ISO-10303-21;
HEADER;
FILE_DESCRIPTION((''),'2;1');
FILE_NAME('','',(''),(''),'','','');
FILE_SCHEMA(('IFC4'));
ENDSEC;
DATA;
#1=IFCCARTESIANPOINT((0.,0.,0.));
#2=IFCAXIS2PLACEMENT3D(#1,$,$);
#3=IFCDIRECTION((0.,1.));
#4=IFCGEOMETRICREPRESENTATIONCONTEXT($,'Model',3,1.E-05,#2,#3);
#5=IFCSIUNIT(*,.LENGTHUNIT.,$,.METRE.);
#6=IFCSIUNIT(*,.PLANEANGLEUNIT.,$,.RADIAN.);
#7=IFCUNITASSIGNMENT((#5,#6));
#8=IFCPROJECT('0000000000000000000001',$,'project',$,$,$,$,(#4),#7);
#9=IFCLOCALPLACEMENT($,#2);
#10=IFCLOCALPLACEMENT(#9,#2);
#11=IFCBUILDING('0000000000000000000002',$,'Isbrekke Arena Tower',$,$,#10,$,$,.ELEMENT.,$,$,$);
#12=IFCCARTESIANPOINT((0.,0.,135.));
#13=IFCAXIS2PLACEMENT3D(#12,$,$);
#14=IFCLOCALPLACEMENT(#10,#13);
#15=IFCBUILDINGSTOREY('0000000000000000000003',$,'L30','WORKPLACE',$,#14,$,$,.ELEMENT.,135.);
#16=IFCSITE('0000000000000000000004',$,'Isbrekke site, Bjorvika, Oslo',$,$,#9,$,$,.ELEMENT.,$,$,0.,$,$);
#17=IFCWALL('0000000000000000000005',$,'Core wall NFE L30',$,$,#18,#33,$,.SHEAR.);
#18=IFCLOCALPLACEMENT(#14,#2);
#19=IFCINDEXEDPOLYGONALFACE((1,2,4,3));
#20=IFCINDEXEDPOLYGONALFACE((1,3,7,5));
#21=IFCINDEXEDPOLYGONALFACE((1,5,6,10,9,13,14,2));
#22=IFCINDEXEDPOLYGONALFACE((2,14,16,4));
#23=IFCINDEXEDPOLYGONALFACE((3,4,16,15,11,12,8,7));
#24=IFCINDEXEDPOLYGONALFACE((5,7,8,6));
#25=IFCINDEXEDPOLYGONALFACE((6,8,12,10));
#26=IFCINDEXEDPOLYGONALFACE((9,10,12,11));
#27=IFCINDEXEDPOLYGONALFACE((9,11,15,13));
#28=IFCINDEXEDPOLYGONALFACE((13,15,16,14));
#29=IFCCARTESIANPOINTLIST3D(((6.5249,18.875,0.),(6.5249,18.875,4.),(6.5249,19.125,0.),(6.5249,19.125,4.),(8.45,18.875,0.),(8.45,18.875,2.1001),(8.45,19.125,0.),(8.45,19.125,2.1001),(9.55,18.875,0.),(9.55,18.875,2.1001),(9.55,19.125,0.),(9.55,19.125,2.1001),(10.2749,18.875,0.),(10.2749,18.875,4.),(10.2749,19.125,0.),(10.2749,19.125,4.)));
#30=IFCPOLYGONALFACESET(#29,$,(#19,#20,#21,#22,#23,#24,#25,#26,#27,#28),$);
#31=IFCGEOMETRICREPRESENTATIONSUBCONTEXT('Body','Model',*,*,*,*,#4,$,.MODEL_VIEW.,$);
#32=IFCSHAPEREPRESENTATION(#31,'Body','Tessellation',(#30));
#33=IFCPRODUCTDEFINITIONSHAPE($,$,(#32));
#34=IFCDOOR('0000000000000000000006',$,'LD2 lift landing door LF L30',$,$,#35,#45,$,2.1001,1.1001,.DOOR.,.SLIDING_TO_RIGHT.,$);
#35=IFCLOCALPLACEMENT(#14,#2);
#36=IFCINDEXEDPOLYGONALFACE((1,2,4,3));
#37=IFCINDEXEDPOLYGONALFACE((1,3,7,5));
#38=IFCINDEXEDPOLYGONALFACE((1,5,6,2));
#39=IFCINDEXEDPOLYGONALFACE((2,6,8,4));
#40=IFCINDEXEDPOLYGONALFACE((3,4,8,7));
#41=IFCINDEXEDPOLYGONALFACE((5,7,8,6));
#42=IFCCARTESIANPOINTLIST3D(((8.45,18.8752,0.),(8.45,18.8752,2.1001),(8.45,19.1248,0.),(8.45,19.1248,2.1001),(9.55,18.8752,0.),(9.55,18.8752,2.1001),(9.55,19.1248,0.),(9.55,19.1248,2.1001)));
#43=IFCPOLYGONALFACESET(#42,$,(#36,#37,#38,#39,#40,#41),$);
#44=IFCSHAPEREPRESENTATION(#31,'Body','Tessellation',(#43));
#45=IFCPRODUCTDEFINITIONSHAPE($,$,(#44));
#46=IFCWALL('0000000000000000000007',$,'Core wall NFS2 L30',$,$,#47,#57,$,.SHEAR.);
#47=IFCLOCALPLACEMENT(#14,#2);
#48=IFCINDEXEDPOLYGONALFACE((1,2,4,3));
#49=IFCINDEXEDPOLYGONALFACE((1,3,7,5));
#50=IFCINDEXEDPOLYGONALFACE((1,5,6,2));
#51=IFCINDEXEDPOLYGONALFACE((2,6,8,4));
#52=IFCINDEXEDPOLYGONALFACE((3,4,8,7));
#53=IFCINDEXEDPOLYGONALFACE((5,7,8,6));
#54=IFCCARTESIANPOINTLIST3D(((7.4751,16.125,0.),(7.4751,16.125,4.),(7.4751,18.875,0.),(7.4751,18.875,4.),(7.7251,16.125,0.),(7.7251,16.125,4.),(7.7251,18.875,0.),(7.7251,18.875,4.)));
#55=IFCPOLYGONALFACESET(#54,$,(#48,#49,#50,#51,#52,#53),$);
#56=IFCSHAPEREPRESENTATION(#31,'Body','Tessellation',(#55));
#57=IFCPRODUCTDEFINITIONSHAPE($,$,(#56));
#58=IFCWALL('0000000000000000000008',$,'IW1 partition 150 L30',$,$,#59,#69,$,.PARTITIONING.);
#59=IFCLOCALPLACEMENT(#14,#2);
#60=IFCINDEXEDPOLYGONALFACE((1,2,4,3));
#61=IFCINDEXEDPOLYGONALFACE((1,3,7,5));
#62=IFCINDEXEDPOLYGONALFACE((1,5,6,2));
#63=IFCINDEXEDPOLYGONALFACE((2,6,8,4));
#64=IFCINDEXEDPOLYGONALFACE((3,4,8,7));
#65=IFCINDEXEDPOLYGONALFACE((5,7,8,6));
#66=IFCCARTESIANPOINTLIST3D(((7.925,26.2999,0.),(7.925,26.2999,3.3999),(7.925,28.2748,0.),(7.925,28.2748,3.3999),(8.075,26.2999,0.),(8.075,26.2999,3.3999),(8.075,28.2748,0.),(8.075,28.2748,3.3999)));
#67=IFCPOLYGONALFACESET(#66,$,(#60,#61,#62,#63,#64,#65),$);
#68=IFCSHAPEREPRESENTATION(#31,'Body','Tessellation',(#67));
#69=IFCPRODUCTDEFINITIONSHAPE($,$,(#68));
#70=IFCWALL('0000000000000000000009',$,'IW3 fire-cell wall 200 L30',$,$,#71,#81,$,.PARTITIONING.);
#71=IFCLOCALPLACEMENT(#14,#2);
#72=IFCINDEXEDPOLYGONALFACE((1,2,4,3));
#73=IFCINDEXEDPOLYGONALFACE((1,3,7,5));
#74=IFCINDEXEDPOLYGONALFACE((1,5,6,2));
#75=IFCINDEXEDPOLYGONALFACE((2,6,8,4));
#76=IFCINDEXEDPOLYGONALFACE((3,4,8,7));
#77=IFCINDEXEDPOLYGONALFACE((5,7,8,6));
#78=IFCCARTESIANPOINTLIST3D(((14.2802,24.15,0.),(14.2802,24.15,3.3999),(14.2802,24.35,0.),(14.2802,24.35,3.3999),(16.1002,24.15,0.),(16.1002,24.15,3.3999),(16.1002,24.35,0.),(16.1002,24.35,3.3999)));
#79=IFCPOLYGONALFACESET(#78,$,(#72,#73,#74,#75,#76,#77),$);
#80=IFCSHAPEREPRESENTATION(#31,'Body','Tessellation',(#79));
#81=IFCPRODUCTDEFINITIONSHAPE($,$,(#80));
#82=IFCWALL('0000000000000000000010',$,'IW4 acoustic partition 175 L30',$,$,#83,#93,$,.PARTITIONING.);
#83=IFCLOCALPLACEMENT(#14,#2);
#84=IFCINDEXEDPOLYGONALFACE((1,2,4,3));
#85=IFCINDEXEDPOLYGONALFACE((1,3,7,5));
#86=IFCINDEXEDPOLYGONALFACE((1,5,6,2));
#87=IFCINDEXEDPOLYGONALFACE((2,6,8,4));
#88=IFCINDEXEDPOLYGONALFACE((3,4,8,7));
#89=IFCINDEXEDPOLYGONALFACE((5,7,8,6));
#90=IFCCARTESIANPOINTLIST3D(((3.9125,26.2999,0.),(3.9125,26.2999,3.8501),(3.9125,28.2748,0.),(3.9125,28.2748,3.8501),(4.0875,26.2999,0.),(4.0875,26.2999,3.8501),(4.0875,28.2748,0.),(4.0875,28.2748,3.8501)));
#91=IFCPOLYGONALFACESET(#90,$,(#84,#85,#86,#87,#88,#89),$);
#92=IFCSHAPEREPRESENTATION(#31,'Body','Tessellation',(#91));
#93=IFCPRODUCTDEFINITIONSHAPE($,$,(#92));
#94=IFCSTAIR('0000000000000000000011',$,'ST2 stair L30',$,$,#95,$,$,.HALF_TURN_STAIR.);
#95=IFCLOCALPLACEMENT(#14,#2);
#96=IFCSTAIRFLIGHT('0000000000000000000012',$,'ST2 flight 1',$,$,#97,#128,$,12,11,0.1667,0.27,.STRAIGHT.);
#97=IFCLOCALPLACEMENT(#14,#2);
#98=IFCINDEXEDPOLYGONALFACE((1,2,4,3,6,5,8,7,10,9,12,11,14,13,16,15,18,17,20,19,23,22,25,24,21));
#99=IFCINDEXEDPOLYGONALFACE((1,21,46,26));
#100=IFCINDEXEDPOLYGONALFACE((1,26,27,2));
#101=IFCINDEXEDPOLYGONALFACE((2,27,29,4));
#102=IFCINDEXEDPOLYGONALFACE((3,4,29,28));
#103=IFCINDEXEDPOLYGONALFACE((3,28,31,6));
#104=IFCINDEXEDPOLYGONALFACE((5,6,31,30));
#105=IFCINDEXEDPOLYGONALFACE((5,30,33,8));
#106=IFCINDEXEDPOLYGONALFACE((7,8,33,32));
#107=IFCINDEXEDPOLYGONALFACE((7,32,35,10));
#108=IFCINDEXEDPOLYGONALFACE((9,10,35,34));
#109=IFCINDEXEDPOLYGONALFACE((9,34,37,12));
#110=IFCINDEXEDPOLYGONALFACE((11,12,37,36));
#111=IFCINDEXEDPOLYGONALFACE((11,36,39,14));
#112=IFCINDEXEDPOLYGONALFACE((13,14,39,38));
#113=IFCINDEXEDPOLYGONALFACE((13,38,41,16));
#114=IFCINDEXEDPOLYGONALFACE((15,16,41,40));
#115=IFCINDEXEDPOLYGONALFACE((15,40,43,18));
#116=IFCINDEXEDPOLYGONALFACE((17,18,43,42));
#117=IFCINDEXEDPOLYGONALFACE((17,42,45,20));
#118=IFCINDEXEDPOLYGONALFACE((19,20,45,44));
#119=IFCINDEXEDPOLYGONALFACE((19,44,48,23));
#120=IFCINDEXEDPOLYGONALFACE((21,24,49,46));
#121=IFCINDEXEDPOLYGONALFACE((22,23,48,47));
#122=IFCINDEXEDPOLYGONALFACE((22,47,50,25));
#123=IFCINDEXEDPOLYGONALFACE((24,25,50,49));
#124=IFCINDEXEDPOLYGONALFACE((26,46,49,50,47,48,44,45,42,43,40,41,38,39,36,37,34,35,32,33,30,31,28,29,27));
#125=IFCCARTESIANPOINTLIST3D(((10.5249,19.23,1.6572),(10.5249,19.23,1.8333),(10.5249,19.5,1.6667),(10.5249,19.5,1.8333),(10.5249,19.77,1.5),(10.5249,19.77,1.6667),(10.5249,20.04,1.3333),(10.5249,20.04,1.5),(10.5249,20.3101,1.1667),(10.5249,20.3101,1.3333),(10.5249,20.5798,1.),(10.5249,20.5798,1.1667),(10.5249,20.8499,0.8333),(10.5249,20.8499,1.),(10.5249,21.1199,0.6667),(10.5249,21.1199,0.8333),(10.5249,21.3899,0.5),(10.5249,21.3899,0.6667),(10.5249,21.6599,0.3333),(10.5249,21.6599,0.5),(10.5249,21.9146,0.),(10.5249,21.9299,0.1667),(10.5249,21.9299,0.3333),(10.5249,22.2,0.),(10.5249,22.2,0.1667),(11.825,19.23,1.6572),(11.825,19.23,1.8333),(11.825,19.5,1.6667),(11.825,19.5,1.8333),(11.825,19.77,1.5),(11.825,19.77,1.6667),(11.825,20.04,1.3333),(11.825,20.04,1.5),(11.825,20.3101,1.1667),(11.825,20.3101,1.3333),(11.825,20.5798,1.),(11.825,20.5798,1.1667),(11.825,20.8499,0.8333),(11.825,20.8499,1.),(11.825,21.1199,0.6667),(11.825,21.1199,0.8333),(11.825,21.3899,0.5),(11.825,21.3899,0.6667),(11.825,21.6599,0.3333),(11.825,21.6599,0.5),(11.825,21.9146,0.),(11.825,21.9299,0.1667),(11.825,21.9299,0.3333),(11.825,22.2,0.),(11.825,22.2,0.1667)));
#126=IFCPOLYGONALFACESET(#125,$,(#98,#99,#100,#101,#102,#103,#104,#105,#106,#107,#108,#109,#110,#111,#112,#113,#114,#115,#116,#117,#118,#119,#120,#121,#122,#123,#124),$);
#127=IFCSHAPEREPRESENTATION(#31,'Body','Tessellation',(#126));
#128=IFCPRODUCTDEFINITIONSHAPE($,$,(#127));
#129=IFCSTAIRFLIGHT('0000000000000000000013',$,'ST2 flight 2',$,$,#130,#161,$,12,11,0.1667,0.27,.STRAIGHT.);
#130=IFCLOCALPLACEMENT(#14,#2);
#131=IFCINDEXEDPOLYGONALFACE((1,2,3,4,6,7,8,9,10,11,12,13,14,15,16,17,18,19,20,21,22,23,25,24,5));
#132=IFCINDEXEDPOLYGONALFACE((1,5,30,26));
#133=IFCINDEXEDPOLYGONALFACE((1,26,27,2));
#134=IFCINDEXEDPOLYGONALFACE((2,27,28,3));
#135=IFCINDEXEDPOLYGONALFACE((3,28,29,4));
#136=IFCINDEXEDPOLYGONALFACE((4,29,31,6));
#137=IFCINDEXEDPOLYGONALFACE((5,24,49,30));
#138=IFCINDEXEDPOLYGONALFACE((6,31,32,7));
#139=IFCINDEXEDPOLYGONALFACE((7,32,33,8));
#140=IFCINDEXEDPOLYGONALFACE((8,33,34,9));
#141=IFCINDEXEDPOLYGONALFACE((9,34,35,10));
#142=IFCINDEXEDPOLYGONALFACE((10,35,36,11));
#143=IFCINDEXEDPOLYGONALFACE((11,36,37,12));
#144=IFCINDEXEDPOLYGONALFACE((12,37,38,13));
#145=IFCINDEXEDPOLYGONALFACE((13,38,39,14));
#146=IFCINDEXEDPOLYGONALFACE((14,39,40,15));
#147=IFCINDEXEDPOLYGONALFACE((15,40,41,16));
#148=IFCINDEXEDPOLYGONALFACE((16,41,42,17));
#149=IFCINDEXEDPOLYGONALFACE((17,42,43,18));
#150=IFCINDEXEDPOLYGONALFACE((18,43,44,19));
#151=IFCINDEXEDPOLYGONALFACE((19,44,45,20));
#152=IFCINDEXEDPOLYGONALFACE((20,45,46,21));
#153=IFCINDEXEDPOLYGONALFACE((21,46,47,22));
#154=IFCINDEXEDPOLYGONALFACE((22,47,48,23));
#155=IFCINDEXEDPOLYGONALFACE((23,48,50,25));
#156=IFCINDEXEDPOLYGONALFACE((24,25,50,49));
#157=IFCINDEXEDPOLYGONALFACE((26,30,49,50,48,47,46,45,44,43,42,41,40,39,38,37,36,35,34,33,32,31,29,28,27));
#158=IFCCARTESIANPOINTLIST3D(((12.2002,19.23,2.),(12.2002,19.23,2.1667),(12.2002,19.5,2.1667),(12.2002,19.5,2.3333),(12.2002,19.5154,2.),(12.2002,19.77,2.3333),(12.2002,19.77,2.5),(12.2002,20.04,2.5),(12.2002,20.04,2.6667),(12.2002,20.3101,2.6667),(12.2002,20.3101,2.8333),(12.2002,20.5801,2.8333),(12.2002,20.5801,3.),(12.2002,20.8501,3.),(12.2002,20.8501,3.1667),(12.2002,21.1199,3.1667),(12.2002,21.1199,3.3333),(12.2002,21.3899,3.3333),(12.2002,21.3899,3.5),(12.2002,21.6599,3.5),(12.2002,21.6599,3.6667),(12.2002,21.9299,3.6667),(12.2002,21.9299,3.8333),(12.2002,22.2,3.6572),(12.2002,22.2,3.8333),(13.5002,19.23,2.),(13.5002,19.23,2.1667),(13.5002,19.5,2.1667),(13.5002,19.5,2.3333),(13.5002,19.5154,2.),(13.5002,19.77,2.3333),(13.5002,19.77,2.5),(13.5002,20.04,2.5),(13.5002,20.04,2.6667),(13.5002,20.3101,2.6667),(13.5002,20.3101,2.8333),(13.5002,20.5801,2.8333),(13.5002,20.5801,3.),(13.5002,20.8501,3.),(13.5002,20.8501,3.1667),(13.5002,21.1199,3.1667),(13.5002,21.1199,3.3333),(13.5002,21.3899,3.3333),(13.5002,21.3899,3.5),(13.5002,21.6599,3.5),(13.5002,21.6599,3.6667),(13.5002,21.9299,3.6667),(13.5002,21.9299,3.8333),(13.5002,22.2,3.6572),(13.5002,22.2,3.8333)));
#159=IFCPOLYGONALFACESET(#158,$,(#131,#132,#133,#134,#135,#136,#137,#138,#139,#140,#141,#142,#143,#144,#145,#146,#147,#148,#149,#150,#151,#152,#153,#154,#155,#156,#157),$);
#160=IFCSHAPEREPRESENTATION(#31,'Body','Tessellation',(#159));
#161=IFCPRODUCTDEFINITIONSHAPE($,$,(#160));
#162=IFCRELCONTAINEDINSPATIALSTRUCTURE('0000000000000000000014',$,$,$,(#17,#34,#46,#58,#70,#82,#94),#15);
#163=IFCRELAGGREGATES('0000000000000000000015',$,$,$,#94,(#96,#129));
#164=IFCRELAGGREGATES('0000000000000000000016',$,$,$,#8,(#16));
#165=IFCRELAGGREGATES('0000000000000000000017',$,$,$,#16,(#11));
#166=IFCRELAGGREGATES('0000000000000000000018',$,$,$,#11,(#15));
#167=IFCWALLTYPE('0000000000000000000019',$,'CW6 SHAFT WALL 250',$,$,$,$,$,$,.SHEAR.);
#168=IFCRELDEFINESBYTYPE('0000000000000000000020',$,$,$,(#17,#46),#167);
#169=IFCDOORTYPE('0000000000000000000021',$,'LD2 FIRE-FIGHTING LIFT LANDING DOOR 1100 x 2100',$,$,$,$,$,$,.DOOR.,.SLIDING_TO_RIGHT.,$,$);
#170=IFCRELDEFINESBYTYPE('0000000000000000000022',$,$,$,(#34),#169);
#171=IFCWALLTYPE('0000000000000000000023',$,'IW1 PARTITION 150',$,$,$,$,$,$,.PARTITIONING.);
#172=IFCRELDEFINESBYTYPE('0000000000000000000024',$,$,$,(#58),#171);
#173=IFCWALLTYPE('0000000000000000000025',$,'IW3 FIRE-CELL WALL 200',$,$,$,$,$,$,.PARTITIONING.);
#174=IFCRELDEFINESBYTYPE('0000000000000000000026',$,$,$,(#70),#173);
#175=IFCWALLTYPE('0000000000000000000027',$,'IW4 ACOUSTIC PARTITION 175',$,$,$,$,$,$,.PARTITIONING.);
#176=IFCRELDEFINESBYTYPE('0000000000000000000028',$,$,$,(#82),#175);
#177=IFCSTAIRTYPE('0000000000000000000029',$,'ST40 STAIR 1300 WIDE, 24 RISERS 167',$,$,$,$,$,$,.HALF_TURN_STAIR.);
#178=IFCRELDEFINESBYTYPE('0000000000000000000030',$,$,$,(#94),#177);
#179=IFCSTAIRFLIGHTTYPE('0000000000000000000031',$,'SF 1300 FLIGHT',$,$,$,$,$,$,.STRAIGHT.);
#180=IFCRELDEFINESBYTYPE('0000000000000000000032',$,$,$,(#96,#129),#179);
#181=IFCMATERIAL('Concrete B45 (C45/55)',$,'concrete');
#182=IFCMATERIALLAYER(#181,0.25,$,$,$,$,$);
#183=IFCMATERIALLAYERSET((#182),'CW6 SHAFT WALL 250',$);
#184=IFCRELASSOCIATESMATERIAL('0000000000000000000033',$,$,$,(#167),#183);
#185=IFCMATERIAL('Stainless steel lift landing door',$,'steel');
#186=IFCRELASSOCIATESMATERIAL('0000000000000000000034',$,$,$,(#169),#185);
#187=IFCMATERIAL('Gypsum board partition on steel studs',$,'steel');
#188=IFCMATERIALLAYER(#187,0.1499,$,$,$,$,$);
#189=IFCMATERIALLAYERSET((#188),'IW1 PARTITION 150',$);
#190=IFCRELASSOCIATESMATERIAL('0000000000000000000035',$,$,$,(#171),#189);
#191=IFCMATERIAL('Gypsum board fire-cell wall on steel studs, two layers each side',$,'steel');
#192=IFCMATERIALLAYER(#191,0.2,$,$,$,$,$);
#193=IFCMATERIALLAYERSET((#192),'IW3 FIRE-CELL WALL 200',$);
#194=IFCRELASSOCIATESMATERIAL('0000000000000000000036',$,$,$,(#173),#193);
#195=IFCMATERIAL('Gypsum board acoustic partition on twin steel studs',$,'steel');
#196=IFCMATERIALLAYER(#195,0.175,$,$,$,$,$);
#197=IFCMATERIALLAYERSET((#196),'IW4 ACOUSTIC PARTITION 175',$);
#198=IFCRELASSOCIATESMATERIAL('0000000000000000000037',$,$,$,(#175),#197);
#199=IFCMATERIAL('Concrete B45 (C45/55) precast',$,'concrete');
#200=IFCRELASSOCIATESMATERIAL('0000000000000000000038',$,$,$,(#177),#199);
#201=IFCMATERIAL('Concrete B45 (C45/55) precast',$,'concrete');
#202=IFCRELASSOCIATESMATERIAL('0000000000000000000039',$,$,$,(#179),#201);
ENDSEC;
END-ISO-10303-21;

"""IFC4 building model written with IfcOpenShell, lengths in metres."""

from ifc_helpers import new_model, si_unit, direction, frame, frame_2d, origin, place, context, subcontext, project, spatial, polyline, rectangle, outline, extrude, material, layer, layer_set, type_object, element, fill, aggregate, save


model = new_model("IFC4")

# Units and contexts
model_context = context("Model", 3, precision=1e-05, world=origin(), true_north=direction((0.0, 1.0)))
body_context = subcontext(model_context, "Body", "Model", "MODEL_VIEW")
ifc_project = project(units=[si_unit("LENGTHUNIT", "METRE"), si_unit("PLANEANGLEUNIT", "RADIAN")], contexts=[model_context])

# Site, building, storey
site_placement = place(None, origin())
site = spatial("IfcSite", under=ifc_project, at=site_placement, Name="Isbrekke site, Bjorvika, Oslo", CompositionType="ELEMENT", RefElevation=0.0)
building_placement = place(site_placement, origin())
building = spatial("IfcBuilding", under=site, at=building_placement, Name="Isbrekke Arena Tower", CompositionType="ELEMENT")
storey_placement = place(building_placement, frame((0.0, 0.0, 135.0)))
storey = spatial("IfcBuildingStorey", under=building, at=storey_placement, Name="L30", Description="WORKPLACE", CompositionType="ELEMENT", Elevation=135.0)

# Shared definitions
ifc_material_1 = material(Name="Concrete B45 (C45/55)", Category="concrete")
ifc_layer_1 = layer(ifc_material_1, 0.25)
ifc_layer_set_1 = layer_set([ifc_layer_1], Name="CW6 SHAFT WALL 250")
wall_type_1 = type_object("IfcWallType", Name="CW6 SHAFT WALL 250", PredefinedType="SHEAR", material=ifc_layer_set_1)

# Wall, opening, door
wall_1_placement = place(storey_placement, frame((6.5249, 19.0, 0.0), z_axis=(0.0, 0.0, 1.0), x_axis=(1.0, 0.0, 0.0)))
wall_1 = element("IfcWall", 1, at=wall_1_placement, inside=storey, type_object=wall_type_1, Name="Core wall NFE L30", PredefinedType="SHEAR", context=body_context, shape_type="SweptSolid", body=[
    extrude(rectangle(XDim=3.75, YDim=0.25, at=frame_2d((1.875, 0.0))), origin(), (0.0, 0.0, 1.0), 4.0),
])
opening_1_placement = place(wall_1_placement, frame((1.925, 0.0, 0.0)))
opening_1 = element("IfcOpeningElement", 2, at=opening_1_placement, cuts=wall_1, PredefinedType="OPENING", context=body_context, shape_type="SweptSolid", body=[
    extrude(rectangle(XDim=1.1001, YDim=2.1001, at=frame_2d((0.55, 1.05))), frame((0.0, 0.1399, 0.0), z_axis=(0.0, -1.0, 0.0), x_axis=(1.0, 0.0, 0.0)), (0.0, 0.0, 1.0), 0.2798),
])
ifc_material_2 = material(Name="Stainless steel lift landing door", Category="steel")
door_type_1 = type_object("IfcDoorType", Name="LD2 FIRE-FIGHTING LIFT LANDING DOOR 1100 x 2100", OperationType="SLIDING_TO_RIGHT", PredefinedType="DOOR", material=ifc_material_2)
door_1_placement = place(opening_1_placement, origin())
door_1 = element("IfcDoor", 3, at=door_1_placement, inside=storey, type_object=door_type_1, Name="LD2 lift landing door LF L30", OperationType="SLIDING_TO_RIGHT", OverallHeight=2.1001, OverallWidth=1.1001, PredefinedType="DOOR", context=body_context, shape_type="SweptSolid", body=[
    extrude(rectangle(XDim=1.1001, YDim=2.1001, at=frame_2d((0.55, 1.05))), frame((0.0, 0.1248, 0.0), z_axis=(0.0, -1.0, 0.0), x_axis=(1.0, 0.0, 0.0)), (0.0, 0.0, 1.0), 0.2495),
])
fill(opening_1, door_1)

# Walls
wall_2_placement = place(storey_placement, frame((7.6001, 16.125, 0.0), z_axis=(0.0, 0.0, 1.0), x_axis=(0.0, 1.0, 0.0)))
element("IfcWall", 4, at=wall_2_placement, inside=storey, type_object=wall_type_1, Name="Core wall NFS2 L30", PredefinedType="SHEAR", context=body_context, shape_type="SweptSolid", body=[
    extrude(rectangle(XDim=2.75, YDim=0.25, at=frame_2d((1.375, 0.0))), origin(), (0.0, 0.0, 1.0), 4.0),
])
ifc_material_3 = material(Name="Gypsum board partition on steel studs", Category="steel")
ifc_layer_2 = layer(ifc_material_3, 0.1499)
ifc_layer_set_2 = layer_set([ifc_layer_2], Name="IW1 PARTITION 150")
wall_type_2 = type_object("IfcWallType", Name="IW1 PARTITION 150", PredefinedType="PARTITIONING", material=ifc_layer_set_2)
wall_3_placement = place(storey_placement, frame((8.0, 26.3, 0.0), z_axis=(0.0, 0.0, 1.0), x_axis=(0.0, 1.0, 0.0)))
element("IfcWall", 5, at=wall_3_placement, inside=storey, type_object=wall_type_2, Name="IW1 partition 150 L30", PredefinedType="PARTITIONING", context=body_context, shape_type="SweptSolid", body=[
    extrude(rectangle(XDim=1.9749, YDim=0.1499, at=frame_2d((0.9873, 0.0))), origin(), (0.0, 0.0, 1.0), 3.3999),
])
ifc_material_4 = material(Name="Gypsum board fire-cell wall on steel studs, two layers each side", Category="steel")
ifc_layer_3 = layer(ifc_material_4, 0.2)
ifc_layer_set_3 = layer_set([ifc_layer_3], Name="IW3 FIRE-CELL WALL 200")
wall_type_3 = type_object("IfcWallType", Name="IW3 FIRE-CELL WALL 200", PredefinedType="PARTITIONING", material=ifc_layer_set_3)
wall_4_placement = place(storey_placement, frame((14.28, 24.25, 0.0), z_axis=(0.0, 0.0, 1.0), x_axis=(1.0, 0.0, 0.0)))
element("IfcWall", 6, at=wall_4_placement, inside=storey, type_object=wall_type_3, Name="IW3 fire-cell wall 200 L30", PredefinedType="PARTITIONING", context=body_context, shape_type="SweptSolid", body=[
    extrude(rectangle(XDim=1.8201, YDim=0.2, at=frame_2d((0.9102, 0.0))), origin(), (0.0, 0.0, 1.0), 3.3999),
])

# Wall
ifc_material_5 = material(Name="Gypsum board acoustic partition on twin steel studs", Category="steel")
ifc_layer_4 = layer(ifc_material_5, 0.175)
ifc_layer_set_4 = layer_set([ifc_layer_4], Name="IW4 ACOUSTIC PARTITION 175")
wall_type_4 = type_object("IfcWallType", Name="IW4 ACOUSTIC PARTITION 175", PredefinedType="PARTITIONING", material=ifc_layer_set_4)
wall_5_placement = place(storey_placement, frame((4.0, 26.3, 0.0), z_axis=(0.0, 0.0, 1.0), x_axis=(0.0, 1.0, 0.0)))
element("IfcWall", 7, at=wall_5_placement, inside=storey, type_object=wall_type_4, Name="IW4 acoustic partition 175 L30", PredefinedType="PARTITIONING", context=body_context, shape_type="SweptSolid", body=[
    extrude(rectangle(XDim=1.9749, YDim=0.175, at=frame_2d((0.9873, 0.0))), origin(), (0.0, 0.0, 1.0), 3.8501),
])

# Stair, stair flights
ifc_material_6 = material(Name="Concrete B45 (C45/55) precast", Category="concrete")
stair_type = type_object("IfcStairType", Name="ST40 STAIR 1300 WIDE, 24 RISERS 167", PredefinedType="HALF_TURN_STAIR", material=ifc_material_6)
stair_placement = place(storey_placement, origin())
stair = element("IfcStair", 8, at=stair_placement, inside=storey, type_object=stair_type, Name="ST2 stair L30", PredefinedType="HALF_TURN_STAIR")
ifc_material_7 = material(Name="Concrete B45 (C45/55) precast", Category="concrete")
stair_flight_type = type_object("IfcStairFlightType", Name="SF 1300 FLIGHT", PredefinedType="STRAIGHT", material=ifc_material_7)
stair_flight_1_placement = place(storey_placement, frame((11.175, 22.2, 0.0), z_axis=(0.0, 0.0, 1.0), x_axis=(0.0, -1.0, 0.0)))
stair_flight_1 = element("IfcStairFlight", 9, at=stair_flight_1_placement, type_object=stair_flight_type, Name="ST2 flight 1", NumberOfRisers=12, NumberOfTreads=11, PredefinedType="STRAIGHT", RiserHeight=0.1667, TreadLength=0.27, context=body_context, shape_type="SweptSolid", body=[
    extrude(outline(polyline([(0.0, 0.0), (0.0, 0.1667), (0.27, 0.1667), (0.27, 0.3333), (0.54, 0.3333), (0.54, 0.5), (0.8101, 0.5), (0.8101, 0.6667), (1.0801, 0.6667), (1.0801, 0.8333), (1.3501, 0.8333), (1.3501, 1.0), (1.6201, 1.0), (1.6201, 1.1667), (1.8899, 1.1667), (1.8899, 1.3333), (2.1599, 1.3333), (2.1599, 1.5), (2.4299, 1.5), (2.4299, 1.6667), (2.7, 1.6667), (2.7, 1.8333), (2.97, 1.8333), (2.97, 2.0), (2.97, 1.6572), (0.2854, 0.0), (0.0, 0.0)])), frame((0.0, 0.6499, 0.0), z_axis=(0.0, -1.0, 0.0), x_axis=(1.0, 0.0, 0.0)), (0.0, 0.0, 1.0), 1.3),
])
stair_flight_2_placement = place(storey_placement, frame((12.8501, 19.23, 2.0), z_axis=(0.0, 0.0, 1.0), x_axis=(0.0, 1.0, 0.0)))
stair_flight_2 = element("IfcStairFlight", 10, at=stair_flight_2_placement, type_object=stair_flight_type, Name="ST2 flight 2", NumberOfRisers=12, NumberOfTreads=11, PredefinedType="STRAIGHT", RiserHeight=0.1667, TreadLength=0.27, context=body_context, shape_type="SweptSolid", body=[
    extrude(outline(polyline([(0.0, 0.0), (0.0, 0.1667), (0.27, 0.1667), (0.27, 0.3333), (0.54, 0.3333), (0.54, 0.5), (0.8101, 0.5), (0.8101, 0.6667), (1.0801, 0.6667), (1.0801, 0.8333), (1.3501, 0.8333), (1.3501, 1.0), (1.6201, 1.0), (1.6201, 1.1667), (1.8899, 1.1667), (1.8899, 1.3333), (2.1599, 1.3333), (2.1599, 1.5), (2.4299, 1.5), (2.4299, 1.6667), (2.7, 1.6667), (2.7, 1.8333), (2.97, 1.8333), (2.97, 2.0), (2.97, 1.6572), (0.2854, 0.0), (0.0, 0.0)])), frame((0.0, 0.6499, 0.0), z_axis=(0.0, -1.0, 0.0), x_axis=(1.0, 0.0, 0.0)), (0.0, 0.0, 1.0), 1.3),
])
aggregate(stair, [stair_flight_1, stair_flight_2])

save(model, "model.ifc")
